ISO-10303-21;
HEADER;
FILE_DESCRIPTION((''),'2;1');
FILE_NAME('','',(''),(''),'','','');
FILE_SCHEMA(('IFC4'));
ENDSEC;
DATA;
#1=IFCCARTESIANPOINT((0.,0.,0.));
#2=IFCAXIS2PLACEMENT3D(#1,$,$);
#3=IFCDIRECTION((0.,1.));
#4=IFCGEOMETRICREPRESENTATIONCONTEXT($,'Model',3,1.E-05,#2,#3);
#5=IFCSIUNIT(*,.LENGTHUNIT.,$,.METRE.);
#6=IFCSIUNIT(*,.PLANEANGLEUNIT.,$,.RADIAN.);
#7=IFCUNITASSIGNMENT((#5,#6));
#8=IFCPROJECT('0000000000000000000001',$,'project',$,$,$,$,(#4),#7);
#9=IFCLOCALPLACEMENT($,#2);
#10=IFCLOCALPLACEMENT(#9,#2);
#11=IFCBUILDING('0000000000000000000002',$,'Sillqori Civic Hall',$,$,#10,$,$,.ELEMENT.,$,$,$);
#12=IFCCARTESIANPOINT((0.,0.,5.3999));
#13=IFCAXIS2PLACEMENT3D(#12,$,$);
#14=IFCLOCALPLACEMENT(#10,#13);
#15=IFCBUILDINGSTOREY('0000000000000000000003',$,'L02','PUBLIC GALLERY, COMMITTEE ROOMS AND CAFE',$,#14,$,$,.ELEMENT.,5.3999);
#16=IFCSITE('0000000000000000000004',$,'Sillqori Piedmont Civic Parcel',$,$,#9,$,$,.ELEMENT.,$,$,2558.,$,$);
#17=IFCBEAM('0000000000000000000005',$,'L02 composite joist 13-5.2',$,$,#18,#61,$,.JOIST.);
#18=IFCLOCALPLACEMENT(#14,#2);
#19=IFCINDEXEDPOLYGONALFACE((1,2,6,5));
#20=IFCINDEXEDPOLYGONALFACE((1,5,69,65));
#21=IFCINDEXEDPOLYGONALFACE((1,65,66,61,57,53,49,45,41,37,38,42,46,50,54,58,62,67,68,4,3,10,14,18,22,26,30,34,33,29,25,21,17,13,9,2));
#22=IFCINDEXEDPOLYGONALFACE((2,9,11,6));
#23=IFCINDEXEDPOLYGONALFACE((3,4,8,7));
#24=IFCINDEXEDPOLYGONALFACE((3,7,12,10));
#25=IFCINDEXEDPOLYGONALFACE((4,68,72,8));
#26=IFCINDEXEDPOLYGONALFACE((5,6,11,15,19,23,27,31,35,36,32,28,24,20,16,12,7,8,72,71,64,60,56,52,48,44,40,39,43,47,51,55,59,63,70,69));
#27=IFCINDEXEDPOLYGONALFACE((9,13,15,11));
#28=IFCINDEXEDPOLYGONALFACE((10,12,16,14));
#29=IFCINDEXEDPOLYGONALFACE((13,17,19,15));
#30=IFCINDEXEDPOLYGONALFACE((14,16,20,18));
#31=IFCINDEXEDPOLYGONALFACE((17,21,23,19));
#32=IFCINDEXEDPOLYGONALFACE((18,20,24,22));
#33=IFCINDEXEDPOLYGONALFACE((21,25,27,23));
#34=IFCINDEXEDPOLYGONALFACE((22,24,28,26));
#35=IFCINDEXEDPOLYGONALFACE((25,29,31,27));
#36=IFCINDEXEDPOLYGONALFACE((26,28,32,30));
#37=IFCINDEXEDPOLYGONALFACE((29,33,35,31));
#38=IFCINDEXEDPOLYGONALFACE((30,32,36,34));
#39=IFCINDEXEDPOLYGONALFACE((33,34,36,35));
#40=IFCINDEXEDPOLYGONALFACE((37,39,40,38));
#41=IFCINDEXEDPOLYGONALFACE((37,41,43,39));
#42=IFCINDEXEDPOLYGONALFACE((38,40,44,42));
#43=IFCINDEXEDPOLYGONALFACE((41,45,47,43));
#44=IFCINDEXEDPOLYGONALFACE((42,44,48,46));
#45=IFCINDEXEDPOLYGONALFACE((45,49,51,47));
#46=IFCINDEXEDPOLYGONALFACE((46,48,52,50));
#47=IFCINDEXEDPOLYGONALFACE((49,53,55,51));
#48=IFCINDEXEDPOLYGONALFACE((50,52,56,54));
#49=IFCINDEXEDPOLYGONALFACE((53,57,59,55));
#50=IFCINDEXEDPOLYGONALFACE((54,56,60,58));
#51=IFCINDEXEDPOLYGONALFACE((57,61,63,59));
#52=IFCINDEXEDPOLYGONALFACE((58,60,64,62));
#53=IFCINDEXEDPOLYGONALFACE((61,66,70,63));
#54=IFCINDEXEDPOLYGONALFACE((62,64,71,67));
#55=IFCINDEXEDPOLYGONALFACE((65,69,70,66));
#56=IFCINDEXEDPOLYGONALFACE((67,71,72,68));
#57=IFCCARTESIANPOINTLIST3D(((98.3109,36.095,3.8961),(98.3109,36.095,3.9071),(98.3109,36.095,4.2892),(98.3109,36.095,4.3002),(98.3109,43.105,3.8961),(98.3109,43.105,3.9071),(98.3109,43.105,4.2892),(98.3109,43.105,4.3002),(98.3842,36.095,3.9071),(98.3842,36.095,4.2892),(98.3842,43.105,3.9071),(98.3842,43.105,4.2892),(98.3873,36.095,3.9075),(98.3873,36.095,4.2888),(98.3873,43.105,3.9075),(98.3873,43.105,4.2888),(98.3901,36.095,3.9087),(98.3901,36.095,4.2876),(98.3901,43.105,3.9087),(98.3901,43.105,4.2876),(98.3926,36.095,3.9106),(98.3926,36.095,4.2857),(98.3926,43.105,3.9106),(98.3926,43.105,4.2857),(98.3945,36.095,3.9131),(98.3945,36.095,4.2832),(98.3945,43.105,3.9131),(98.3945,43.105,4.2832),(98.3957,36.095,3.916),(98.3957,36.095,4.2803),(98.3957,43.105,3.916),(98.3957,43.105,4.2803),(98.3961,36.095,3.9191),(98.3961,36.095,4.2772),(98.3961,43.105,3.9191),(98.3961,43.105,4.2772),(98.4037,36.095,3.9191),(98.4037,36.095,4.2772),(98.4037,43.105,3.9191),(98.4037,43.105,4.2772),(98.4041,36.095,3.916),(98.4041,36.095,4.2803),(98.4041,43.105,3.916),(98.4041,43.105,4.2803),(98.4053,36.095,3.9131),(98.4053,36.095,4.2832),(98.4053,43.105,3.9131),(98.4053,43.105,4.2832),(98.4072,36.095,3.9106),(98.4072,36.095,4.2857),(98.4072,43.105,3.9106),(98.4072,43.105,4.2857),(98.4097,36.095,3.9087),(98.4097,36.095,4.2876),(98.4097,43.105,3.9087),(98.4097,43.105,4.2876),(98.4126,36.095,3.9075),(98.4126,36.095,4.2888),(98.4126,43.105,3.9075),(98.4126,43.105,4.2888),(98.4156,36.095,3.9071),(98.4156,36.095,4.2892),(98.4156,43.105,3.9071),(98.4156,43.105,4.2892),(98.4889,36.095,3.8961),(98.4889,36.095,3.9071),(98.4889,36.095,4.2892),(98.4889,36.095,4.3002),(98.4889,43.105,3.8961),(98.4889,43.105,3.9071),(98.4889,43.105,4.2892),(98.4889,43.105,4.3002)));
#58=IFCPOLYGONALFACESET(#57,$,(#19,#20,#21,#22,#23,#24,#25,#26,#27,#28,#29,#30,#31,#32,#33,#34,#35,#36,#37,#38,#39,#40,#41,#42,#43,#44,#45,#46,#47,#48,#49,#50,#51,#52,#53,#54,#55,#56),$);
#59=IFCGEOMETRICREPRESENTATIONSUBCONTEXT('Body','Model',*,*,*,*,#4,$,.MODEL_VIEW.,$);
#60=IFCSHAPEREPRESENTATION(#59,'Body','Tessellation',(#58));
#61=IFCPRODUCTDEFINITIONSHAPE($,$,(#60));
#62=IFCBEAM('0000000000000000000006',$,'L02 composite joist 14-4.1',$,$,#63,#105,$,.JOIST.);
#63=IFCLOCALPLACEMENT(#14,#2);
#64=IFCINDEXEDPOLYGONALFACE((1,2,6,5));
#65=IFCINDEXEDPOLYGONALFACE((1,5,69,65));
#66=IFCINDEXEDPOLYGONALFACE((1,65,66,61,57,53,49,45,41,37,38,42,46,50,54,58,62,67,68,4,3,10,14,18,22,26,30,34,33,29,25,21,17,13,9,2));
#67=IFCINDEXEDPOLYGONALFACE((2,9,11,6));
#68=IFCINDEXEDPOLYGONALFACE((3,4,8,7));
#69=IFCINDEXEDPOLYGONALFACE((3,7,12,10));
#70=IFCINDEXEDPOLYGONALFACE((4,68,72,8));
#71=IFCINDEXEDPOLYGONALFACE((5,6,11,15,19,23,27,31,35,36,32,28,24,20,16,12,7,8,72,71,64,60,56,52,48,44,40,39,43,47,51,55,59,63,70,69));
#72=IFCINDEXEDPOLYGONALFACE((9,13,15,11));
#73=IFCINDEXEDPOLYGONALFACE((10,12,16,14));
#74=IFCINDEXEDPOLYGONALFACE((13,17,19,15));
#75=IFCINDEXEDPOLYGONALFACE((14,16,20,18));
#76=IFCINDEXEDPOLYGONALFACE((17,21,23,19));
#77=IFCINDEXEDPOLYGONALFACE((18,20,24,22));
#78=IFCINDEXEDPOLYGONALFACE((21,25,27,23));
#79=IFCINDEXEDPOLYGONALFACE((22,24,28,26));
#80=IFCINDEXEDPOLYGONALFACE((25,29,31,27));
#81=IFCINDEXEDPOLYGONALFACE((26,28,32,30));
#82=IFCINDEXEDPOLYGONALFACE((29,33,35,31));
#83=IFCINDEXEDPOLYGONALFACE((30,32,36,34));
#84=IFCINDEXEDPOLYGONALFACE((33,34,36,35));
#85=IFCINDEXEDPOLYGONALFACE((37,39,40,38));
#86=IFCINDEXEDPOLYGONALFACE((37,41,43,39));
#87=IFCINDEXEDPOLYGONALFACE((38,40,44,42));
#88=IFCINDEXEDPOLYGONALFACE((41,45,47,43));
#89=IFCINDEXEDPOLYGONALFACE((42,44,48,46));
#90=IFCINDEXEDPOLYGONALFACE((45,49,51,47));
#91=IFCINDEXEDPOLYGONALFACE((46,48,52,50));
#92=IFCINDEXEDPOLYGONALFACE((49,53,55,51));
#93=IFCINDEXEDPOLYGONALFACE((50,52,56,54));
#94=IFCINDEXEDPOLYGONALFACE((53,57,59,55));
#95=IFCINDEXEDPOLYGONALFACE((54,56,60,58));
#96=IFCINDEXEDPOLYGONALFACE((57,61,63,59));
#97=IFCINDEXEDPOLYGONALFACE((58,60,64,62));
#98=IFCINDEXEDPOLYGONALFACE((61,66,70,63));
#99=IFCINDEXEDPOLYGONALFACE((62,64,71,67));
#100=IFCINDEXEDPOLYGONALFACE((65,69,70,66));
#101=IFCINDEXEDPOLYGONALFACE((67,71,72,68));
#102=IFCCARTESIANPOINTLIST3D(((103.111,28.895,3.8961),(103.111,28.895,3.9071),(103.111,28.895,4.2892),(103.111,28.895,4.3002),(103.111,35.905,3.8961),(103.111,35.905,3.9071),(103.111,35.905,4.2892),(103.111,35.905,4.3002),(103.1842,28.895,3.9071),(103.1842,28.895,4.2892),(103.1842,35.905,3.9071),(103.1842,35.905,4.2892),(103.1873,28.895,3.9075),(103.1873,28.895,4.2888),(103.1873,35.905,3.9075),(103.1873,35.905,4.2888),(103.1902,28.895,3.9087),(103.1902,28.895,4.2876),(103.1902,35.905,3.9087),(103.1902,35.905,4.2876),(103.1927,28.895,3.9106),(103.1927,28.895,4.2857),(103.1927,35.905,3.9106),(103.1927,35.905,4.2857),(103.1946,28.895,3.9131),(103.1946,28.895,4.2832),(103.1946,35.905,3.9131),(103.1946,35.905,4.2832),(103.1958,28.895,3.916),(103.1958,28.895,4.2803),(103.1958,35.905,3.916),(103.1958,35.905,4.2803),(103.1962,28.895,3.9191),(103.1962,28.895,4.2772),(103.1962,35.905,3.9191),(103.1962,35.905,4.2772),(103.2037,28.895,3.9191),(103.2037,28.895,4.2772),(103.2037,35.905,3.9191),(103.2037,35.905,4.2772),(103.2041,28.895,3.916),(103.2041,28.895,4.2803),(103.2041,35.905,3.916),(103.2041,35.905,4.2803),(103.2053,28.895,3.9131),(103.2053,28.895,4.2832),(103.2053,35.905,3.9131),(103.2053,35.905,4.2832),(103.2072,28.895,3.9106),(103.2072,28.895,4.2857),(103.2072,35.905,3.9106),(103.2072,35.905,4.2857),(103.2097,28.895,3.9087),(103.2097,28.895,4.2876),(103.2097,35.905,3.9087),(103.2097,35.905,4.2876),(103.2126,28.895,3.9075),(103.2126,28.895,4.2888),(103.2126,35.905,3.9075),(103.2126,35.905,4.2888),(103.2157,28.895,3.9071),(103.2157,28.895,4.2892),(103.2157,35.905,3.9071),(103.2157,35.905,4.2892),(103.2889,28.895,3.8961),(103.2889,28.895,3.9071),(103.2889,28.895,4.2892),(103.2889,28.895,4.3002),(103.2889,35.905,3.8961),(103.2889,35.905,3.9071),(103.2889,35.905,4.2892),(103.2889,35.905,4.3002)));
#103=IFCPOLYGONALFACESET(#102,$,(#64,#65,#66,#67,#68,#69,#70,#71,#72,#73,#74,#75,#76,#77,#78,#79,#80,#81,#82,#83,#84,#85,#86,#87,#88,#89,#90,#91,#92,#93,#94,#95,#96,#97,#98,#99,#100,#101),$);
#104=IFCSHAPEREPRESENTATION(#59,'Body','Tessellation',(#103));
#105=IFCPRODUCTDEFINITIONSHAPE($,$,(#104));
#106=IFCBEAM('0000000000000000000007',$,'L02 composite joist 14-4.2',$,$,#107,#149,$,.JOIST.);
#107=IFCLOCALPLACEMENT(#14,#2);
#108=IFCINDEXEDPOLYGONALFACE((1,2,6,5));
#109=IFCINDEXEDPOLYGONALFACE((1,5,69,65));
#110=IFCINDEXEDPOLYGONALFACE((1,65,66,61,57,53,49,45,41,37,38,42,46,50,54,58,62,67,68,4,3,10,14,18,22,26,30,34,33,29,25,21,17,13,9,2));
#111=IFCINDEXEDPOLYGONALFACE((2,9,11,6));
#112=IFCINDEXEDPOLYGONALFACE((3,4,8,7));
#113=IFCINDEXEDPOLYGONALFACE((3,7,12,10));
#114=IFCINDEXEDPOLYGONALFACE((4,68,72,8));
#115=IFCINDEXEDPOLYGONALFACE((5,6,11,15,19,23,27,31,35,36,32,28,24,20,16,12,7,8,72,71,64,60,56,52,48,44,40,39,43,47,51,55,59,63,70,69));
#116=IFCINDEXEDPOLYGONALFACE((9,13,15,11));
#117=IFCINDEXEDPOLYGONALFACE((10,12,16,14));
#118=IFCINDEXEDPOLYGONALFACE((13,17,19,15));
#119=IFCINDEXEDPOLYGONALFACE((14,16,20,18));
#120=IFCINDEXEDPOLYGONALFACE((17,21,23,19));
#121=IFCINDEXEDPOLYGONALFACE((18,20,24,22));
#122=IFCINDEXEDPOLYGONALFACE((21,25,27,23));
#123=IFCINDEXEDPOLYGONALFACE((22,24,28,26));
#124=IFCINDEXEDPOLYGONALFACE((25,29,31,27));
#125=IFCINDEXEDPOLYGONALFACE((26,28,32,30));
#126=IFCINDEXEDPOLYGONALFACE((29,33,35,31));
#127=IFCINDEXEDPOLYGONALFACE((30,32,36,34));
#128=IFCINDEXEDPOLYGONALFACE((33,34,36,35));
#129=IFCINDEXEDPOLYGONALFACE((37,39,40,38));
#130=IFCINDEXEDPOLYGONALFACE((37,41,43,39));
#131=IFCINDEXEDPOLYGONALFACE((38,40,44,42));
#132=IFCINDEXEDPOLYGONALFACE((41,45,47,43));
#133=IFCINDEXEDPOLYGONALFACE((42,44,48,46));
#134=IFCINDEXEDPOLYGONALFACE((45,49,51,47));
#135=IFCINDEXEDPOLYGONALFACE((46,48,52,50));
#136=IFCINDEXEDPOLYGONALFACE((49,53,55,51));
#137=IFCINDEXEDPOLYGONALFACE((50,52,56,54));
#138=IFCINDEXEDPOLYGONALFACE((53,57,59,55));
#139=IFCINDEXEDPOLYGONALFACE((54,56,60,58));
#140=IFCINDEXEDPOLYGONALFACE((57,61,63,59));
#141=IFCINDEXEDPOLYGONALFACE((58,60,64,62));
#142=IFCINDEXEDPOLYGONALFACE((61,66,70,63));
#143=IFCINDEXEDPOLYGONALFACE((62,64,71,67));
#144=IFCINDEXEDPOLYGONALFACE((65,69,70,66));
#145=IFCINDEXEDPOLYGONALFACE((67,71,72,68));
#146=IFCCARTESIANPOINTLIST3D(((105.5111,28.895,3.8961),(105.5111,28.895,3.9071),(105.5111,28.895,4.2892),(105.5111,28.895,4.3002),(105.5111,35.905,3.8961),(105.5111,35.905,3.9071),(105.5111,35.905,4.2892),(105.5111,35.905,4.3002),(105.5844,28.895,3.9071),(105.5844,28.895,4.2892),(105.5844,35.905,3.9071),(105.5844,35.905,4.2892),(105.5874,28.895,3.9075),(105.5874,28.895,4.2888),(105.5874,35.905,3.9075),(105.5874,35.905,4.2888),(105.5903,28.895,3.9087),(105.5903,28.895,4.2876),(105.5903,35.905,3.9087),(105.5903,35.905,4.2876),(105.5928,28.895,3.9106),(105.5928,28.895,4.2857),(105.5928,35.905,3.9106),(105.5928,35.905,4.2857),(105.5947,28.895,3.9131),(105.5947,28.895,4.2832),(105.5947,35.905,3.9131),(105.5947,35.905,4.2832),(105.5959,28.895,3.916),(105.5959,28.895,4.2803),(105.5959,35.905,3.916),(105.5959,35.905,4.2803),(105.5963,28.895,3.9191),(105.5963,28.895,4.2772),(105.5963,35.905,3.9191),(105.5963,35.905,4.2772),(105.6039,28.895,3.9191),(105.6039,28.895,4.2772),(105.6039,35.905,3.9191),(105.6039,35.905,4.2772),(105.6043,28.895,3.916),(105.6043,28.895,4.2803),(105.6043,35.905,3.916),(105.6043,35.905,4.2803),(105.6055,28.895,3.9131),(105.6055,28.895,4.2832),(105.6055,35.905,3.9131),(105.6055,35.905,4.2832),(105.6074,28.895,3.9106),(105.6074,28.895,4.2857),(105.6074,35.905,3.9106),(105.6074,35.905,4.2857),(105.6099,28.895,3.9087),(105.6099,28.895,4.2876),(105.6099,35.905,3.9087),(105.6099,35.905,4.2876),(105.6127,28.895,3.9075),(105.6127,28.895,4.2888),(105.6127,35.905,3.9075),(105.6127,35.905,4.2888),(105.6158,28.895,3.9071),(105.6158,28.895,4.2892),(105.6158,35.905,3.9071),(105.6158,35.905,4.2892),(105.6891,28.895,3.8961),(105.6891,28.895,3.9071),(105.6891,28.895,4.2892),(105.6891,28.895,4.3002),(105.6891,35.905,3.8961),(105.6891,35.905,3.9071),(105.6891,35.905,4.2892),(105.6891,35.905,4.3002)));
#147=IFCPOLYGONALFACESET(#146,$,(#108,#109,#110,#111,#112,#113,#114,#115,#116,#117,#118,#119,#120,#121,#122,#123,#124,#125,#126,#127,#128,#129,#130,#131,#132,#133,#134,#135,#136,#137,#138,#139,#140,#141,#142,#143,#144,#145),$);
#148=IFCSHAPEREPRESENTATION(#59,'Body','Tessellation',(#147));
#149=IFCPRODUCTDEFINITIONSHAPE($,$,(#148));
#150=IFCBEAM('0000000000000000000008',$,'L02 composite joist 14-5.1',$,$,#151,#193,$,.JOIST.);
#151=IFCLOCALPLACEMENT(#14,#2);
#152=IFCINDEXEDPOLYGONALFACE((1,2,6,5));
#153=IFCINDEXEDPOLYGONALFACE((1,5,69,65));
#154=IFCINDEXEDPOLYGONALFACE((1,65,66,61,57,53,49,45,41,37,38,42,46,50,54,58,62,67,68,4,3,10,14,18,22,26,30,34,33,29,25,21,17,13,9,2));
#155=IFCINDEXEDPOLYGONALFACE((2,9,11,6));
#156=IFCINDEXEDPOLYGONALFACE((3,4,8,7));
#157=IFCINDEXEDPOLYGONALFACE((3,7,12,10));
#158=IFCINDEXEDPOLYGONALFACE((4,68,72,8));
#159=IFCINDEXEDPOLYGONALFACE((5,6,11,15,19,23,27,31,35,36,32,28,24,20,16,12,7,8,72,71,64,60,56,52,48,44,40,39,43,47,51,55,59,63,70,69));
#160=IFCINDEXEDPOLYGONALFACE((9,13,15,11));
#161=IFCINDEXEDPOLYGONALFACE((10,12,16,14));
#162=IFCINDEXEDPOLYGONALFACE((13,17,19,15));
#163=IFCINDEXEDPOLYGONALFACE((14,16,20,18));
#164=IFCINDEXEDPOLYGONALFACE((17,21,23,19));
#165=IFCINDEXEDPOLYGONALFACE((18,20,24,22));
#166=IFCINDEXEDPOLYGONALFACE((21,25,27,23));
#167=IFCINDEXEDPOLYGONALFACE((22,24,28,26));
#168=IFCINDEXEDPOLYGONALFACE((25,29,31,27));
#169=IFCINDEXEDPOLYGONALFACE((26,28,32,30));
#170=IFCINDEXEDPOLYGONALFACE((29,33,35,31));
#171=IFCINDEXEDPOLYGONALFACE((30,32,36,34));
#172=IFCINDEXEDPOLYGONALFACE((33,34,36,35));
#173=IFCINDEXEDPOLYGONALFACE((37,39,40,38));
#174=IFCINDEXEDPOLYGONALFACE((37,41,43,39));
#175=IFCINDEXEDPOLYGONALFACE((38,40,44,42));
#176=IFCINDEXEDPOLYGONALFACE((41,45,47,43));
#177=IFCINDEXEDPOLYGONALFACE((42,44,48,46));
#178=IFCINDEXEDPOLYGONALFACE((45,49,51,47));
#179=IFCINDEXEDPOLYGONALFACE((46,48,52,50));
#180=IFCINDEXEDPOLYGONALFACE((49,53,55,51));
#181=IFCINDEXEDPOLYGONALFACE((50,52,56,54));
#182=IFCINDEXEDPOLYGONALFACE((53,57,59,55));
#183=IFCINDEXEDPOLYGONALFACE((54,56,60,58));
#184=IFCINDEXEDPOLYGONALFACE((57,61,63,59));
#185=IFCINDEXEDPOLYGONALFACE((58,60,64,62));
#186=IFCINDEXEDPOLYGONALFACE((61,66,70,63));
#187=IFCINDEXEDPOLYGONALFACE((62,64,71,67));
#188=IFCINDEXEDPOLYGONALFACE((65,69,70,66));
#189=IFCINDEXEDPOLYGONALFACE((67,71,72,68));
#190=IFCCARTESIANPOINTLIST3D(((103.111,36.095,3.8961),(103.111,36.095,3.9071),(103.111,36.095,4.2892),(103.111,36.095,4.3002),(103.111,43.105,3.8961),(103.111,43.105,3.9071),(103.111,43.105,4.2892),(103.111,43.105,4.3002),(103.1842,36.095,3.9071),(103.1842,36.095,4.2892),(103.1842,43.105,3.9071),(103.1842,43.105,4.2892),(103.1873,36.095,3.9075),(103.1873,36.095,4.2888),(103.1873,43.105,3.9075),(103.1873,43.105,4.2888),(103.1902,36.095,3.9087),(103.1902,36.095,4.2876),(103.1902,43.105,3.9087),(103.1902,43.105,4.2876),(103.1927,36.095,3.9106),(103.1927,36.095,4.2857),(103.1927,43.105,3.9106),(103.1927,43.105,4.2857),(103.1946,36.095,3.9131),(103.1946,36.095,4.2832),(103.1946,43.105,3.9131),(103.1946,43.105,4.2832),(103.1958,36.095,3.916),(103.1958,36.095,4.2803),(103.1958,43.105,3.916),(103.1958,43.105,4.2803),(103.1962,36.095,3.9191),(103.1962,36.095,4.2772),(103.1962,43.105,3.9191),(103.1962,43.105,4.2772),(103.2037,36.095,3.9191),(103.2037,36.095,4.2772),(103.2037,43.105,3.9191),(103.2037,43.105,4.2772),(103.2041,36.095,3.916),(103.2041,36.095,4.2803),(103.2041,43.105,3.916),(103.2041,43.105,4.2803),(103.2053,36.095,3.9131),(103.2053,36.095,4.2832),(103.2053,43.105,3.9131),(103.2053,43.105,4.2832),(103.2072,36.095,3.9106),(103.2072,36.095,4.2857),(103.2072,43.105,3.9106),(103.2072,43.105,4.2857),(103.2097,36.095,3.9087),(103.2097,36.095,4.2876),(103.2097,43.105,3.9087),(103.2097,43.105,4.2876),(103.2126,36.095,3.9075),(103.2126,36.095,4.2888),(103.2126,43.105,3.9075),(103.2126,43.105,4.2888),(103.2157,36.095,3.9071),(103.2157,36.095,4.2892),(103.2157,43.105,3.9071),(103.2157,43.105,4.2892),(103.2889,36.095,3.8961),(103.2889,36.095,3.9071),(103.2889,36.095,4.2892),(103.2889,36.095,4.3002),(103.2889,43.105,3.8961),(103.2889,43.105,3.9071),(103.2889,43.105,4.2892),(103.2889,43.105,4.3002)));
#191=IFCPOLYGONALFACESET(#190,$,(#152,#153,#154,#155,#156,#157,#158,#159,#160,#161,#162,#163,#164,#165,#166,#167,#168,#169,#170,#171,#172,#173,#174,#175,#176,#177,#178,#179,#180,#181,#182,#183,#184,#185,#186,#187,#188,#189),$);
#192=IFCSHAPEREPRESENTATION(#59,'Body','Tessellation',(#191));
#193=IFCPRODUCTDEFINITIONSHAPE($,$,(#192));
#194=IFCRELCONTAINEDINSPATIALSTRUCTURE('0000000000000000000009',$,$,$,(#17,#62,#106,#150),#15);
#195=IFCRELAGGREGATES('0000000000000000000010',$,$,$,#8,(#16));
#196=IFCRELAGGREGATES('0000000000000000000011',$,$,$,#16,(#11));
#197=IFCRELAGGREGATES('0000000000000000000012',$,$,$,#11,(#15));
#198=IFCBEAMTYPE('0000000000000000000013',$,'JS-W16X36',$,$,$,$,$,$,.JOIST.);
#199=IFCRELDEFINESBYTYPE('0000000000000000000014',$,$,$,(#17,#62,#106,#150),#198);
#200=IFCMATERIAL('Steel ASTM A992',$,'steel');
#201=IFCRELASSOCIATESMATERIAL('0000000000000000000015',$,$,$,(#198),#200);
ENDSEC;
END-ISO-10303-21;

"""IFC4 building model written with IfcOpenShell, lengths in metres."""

from ifc_helpers import new_model, si_unit, direction, frame, origin, origin_2d, place, context, subcontext, project, spatial, i_section, extrude, material, material_profile, profile_set, type_object, element, save


model = new_model("IFC4")

# Units and contexts
model_context = context("Model", 3, precision=1e-05, world=origin(), true_north=direction((0.0, 1.0)))
body_context = subcontext(model_context, "Body", "Model", "MODEL_VIEW")
ifc_project = project(units=[si_unit("LENGTHUNIT", "METRE"), si_unit("PLANEANGLEUNIT", "RADIAN")], contexts=[model_context])

# Site, building, storey
site_placement = place(None, origin())
site = spatial("IfcSite", under=ifc_project, at=site_placement, Name="Sillqori Piedmont Civic Parcel", CompositionType="ELEMENT", RefElevation=2558.0)
building_placement = place(site_placement, origin())
building = spatial("IfcBuilding", under=site, at=building_placement, Name="Sillqori Civic Hall", CompositionType="ELEMENT")
storey_placement = place(building_placement, frame((0.0, 0.0, 5.3999)))
storey = spatial("IfcBuildingStorey", under=building, at=storey_placement, Name="L02", Description="PUBLIC GALLERY, COMMITTEE ROOMS AND CAFE", CompositionType="ELEMENT", Elevation=5.3999)

# Shared definitions
ifc_material_1 = material(Name="Steel ASTM A992", Category="steel")

# Beams
ifc_material_profile_1 = material_profile(ifc_material_1, i_section(OverallWidth=0.178, OverallDepth=0.4041, WebThickness=0.0076, FlangeThickness=0.011, FilletRadius=0.012, at=origin_2d()), Name="W16X36")
ifc_profile_set_1 = profile_set([ifc_material_profile_1], Name="Steel ASTM A992")
beam_type_1 = type_object("IfcBeamType", Name="JS-W16X36", PredefinedType="JOIST", material=ifc_profile_set_1)
for number, where, z_axis, x_axis, name in (
    (1, (98.3999, 36.095, 4.0981), (0.0, 1.0, 0.0), (-1.0, 0.0, 0.0), "L02 composite joist 13-5.2"),
    (2, (103.2, 28.895, 4.0981), (0.0, 1.0, 0.0), (-1.0, 0.0, 0.0), "L02 composite joist 14-4.1"),
    (3, (105.6001, 28.895, 4.0981), (0.0, 1.0, 0.0), (-1.0, 0.0, 0.0), "L02 composite joist 14-4.2"),
    (4, (103.2, 36.095, 4.0981), (0.0, 1.0, 0.0), (-1.0, 0.0, 0.0), "L02 composite joist 14-5.1"),
):
    element("IfcBeam", number, at=place(storey_placement, frame(where, z_axis=z_axis, x_axis=x_axis)), inside=storey, type_object=beam_type_1, Name=name, PredefinedType="JOIST", context=body_context, shape_type="SweptSolid", body=[
        extrude(i_section(OverallWidth=0.178, OverallDepth=0.4041, WebThickness=0.0076, FlangeThickness=0.011, FilletRadius=0.012, at=origin_2d()), origin(), (0.0, 0.0, 1.0), 7.01),
    ])

save(model, "model.ifc")
